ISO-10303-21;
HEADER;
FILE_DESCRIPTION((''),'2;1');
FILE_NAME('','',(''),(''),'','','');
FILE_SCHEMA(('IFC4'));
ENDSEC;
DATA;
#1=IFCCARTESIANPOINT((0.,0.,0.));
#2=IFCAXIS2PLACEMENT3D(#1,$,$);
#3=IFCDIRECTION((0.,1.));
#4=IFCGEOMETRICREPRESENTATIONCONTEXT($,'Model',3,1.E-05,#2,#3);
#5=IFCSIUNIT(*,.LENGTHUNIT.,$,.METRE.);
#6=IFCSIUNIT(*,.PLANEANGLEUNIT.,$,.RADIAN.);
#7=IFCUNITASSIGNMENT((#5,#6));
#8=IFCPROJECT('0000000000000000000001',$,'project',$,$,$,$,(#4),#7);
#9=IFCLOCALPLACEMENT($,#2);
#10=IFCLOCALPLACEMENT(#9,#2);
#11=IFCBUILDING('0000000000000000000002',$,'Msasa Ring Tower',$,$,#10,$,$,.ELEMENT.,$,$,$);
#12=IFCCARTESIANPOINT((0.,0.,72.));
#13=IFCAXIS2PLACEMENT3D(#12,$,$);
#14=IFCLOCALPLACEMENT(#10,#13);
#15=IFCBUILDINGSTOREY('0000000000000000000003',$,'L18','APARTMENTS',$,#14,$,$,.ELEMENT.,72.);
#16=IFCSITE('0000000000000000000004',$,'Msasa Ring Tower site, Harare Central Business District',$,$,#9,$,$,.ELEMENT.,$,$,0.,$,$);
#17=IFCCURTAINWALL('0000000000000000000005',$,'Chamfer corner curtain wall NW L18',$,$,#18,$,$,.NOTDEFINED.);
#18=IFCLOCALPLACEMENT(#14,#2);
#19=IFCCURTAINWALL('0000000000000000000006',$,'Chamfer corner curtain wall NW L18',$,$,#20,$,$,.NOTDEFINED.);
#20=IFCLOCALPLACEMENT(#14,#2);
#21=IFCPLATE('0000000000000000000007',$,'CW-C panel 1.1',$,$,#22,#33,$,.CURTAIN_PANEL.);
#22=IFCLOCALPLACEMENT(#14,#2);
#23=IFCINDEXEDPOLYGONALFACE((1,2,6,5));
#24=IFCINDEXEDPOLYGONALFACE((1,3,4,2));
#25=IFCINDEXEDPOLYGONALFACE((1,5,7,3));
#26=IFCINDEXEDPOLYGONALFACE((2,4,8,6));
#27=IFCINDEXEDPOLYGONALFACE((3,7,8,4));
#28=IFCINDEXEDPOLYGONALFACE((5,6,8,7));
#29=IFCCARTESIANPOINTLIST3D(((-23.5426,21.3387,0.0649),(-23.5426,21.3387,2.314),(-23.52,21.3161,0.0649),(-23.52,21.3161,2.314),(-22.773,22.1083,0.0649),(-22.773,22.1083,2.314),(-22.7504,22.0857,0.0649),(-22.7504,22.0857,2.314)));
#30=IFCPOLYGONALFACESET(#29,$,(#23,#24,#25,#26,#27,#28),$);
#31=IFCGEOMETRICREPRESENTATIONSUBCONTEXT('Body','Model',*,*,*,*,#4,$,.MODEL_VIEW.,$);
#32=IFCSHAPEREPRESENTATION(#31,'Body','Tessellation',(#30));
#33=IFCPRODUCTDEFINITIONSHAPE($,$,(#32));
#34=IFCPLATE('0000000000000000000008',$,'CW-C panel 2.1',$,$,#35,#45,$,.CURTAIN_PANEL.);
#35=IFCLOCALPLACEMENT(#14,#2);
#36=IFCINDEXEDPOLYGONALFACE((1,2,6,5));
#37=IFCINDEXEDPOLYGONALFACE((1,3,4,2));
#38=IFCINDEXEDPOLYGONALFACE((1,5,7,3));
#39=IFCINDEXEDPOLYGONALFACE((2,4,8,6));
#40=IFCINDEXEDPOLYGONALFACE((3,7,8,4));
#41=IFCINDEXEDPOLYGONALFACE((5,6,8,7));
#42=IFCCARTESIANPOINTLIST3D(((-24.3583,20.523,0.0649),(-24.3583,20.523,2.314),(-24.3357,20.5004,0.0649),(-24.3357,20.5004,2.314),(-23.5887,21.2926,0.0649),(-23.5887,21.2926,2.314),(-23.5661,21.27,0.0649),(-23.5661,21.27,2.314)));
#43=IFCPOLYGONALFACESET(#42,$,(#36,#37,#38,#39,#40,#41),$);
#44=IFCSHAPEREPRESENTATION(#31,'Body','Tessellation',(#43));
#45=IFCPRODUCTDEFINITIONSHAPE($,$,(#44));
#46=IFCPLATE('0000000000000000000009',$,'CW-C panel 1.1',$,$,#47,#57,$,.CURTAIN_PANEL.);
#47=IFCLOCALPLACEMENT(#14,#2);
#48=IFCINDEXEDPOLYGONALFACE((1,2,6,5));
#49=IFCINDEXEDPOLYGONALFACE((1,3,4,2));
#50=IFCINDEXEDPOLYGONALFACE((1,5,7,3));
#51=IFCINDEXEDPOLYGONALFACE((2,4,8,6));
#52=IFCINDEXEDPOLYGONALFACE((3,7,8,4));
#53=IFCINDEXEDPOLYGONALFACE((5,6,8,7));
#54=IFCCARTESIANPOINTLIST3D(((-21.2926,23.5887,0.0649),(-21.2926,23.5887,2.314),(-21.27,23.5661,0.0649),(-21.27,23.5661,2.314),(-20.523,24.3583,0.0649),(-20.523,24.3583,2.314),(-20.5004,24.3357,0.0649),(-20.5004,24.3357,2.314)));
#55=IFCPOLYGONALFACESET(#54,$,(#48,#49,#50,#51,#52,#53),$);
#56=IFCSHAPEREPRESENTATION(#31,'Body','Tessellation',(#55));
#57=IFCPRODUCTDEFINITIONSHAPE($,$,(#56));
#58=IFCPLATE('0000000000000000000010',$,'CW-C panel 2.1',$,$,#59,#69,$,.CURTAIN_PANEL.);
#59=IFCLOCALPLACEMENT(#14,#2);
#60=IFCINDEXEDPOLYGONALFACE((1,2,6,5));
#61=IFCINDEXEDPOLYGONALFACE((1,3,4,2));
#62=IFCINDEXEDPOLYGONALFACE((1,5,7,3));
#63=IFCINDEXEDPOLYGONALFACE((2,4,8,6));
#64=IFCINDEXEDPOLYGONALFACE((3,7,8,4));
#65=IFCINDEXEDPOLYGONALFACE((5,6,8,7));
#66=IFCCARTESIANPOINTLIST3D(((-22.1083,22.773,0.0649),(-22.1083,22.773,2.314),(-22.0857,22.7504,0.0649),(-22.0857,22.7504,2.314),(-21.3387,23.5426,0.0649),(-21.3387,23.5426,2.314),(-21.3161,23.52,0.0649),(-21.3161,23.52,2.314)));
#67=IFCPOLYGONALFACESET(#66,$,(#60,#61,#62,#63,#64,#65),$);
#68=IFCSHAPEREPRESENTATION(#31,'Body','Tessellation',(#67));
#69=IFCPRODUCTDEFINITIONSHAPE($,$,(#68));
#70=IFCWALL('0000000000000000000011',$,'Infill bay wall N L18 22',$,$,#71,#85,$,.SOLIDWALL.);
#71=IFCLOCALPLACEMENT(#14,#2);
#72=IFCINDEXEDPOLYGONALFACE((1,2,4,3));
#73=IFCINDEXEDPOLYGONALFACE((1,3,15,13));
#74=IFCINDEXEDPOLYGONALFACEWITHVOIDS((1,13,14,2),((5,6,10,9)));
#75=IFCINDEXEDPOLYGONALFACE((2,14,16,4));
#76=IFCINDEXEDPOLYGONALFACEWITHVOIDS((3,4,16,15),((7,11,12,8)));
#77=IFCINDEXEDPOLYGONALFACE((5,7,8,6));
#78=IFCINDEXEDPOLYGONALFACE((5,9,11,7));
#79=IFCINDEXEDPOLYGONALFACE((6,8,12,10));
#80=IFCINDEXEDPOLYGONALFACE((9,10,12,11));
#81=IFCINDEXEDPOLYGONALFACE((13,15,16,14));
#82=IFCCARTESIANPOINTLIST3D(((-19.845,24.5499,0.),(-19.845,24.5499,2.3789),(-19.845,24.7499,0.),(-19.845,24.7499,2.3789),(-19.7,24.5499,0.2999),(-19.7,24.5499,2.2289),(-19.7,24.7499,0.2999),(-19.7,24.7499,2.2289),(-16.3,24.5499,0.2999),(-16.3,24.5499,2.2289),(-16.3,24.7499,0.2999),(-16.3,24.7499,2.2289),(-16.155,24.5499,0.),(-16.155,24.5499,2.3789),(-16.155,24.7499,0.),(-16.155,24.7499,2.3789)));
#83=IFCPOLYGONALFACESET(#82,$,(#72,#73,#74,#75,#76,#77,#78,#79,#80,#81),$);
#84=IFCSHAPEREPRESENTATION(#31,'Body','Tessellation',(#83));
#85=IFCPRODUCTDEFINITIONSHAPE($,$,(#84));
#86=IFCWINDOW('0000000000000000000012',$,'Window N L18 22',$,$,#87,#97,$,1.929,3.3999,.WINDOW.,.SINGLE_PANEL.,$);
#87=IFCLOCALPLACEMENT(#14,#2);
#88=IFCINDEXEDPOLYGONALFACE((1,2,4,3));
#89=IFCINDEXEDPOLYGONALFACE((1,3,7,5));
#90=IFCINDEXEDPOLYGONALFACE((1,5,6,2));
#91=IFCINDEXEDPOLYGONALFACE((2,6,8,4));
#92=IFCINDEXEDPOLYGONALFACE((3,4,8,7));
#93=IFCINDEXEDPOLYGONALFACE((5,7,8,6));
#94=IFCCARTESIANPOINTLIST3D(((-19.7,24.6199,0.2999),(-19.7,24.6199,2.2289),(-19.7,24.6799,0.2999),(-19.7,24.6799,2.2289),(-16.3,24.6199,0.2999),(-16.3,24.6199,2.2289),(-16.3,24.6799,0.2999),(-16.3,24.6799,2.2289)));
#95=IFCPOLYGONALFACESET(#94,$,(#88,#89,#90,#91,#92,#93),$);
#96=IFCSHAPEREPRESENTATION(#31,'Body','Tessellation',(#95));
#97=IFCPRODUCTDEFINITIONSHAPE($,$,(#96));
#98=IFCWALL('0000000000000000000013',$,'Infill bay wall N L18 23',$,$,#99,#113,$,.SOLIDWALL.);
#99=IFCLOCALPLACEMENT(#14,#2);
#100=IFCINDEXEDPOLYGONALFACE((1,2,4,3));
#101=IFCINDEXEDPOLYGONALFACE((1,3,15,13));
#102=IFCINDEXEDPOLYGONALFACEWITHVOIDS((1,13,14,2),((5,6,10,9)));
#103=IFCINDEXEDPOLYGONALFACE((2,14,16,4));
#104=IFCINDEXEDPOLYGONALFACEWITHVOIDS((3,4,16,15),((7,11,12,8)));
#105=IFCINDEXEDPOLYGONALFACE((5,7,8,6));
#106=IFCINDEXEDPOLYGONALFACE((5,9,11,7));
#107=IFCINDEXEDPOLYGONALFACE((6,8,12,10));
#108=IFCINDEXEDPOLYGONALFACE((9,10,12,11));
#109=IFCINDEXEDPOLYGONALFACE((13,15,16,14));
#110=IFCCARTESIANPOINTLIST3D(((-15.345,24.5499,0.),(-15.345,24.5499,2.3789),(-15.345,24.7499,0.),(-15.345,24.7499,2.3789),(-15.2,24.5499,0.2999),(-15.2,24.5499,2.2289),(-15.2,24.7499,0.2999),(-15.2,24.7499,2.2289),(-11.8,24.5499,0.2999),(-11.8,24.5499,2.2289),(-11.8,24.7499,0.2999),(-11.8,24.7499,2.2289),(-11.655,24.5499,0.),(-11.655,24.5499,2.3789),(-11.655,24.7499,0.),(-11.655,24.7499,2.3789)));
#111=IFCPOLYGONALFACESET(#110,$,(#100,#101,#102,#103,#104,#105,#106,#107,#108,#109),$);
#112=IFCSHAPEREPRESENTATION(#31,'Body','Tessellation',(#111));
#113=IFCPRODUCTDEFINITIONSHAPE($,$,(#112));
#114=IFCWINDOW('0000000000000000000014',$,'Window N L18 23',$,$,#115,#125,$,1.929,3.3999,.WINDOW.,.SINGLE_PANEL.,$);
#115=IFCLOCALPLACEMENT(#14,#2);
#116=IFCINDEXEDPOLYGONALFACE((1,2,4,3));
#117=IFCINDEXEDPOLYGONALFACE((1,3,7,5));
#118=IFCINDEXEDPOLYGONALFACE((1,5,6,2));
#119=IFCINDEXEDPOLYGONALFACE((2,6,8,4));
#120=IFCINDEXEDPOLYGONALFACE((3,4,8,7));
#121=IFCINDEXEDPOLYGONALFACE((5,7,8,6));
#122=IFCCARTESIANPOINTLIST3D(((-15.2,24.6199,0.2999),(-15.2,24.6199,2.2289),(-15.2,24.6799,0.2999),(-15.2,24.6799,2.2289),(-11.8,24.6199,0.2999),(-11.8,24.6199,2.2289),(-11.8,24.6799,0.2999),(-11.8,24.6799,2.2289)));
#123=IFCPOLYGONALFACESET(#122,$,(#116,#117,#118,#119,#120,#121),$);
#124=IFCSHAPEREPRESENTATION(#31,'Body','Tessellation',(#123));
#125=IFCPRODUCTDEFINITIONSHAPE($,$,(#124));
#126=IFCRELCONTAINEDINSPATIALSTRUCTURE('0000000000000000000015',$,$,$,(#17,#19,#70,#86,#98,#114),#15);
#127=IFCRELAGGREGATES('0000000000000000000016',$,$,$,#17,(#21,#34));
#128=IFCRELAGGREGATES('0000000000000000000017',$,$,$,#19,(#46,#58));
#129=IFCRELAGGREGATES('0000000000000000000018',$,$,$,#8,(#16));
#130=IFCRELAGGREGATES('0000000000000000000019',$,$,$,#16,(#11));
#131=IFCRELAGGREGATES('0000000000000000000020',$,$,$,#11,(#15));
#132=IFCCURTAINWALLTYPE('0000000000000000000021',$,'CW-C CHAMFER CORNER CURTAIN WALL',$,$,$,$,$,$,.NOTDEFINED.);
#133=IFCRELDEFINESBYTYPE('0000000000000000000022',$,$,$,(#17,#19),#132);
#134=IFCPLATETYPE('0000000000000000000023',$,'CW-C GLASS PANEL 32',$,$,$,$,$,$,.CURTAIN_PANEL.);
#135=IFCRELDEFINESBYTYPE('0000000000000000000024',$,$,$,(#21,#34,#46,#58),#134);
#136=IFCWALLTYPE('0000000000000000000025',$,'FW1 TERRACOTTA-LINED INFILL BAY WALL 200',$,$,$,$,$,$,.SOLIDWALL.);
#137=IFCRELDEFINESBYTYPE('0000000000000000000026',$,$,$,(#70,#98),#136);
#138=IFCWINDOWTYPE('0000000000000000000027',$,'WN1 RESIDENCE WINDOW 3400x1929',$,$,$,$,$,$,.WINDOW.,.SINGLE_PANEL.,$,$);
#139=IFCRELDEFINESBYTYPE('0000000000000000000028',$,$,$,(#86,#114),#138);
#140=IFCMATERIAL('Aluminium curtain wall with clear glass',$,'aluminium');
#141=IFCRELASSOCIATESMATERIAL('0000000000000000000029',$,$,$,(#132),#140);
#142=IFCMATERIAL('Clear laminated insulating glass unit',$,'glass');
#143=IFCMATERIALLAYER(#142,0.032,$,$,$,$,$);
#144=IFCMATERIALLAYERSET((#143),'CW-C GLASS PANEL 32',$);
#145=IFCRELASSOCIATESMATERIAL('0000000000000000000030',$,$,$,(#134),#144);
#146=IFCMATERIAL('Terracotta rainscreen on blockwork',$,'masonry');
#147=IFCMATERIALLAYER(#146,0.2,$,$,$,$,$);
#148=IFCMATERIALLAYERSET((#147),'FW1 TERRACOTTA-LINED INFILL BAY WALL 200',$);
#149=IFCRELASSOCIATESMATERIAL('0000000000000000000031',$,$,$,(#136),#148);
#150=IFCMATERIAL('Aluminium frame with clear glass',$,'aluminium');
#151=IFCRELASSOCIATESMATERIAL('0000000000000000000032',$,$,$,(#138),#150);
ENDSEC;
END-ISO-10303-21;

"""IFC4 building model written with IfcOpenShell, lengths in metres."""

from ifc_helpers import new_model, si_unit, direction, frame, frame_2d, origin, origin_2d, place, context, subcontext, project, spatial, rectangle, extrude, material, layer, layer_set, type_object, element, fill, aggregate, save


model = new_model("IFC4")

# Units and contexts
model_context = context("Model", 3, precision=1e-05, world=origin(), true_north=direction((0.0, 1.0)))
body_context = subcontext(model_context, "Body", "Model", "MODEL_VIEW")
ifc_project = project(units=[si_unit("LENGTHUNIT", "METRE"), si_unit("PLANEANGLEUNIT", "RADIAN")], contexts=[model_context])

# Site, building, storey
site_placement = place(None, origin())
site = spatial("IfcSite", under=ifc_project, at=site_placement, Name="Msasa Ring Tower site, Harare Central Business District", CompositionType="ELEMENT", RefElevation=0.0)
building_placement = place(site_placement, origin())
building = spatial("IfcBuilding", under=site, at=building_placement, Name="Msasa Ring Tower", CompositionType="ELEMENT")
storey_placement = place(building_placement, frame((0.0, 0.0, 72.0)))
storey = spatial("IfcBuildingStorey", under=building, at=storey_placement, Name="L18", Description="APARTMENTS", CompositionType="ELEMENT", Elevation=72.0)

# Curtain walls
ifc_material_1 = material(Name="Aluminium curtain wall with clear glass", Category="aluminium")
curtain_wall_type = type_object("IfcCurtainWallType", Name="CW-C CHAMFER CORNER CURTAIN WALL", PredefinedType="NOTDEFINED", material=ifc_material_1)
curtain_wall_1_placement = place(storey_placement, origin())
curtain_wall_1 = element("IfcCurtainWall", 1, at=curtain_wall_1_placement, inside=storey, type_object=curtain_wall_type, Name="Chamfer corner curtain wall NW L18", PredefinedType="NOTDEFINED")
curtain_wall_2_placement = place(storey_placement, origin())
curtain_wall_2 = element("IfcCurtainWall", 2, at=curtain_wall_2_placement, inside=storey, type_object=curtain_wall_type, Name="Chamfer corner curtain wall NW L18", PredefinedType="NOTDEFINED")

# Plates
ifc_material_2 = material(Name="Clear laminated insulating glass unit", Category="glass")
ifc_layer_1 = layer(ifc_material_2, 0.032)
ifc_layer_set_1 = layer_set([ifc_layer_1], Name="CW-C GLASS PANEL 32")
plate_type = type_object("IfcPlateType", Name="CW-C GLASS PANEL 32", PredefinedType="CURTAIN_PANEL", material=ifc_layer_set_1)
plate_1_placement = place(storey_placement, frame((-23.1465, 21.7122, 0.0649), z_axis=(0.0, 0.0, 1.0), x_axis=(-0.707107, -0.707107, 0.0)))
plate_1 = element("IfcPlate", 3, at=plate_1_placement, type_object=plate_type, Name="CW-C panel 1.1", PredefinedType="CURTAIN_PANEL", context=body_context, shape_type="SweptSolid", body=[
    extrude(rectangle(XDim=1.0884, YDim=0.032, at=origin_2d()), origin(), (0.0, 0.0, 1.0), 2.249),
])
plate_2_placement = place(storey_placement, frame((-23.9622, 20.8965, 0.0649), z_axis=(0.0, 0.0, 1.0), x_axis=(-0.707107, -0.707107, 0.0)))
plate_2 = element("IfcPlate", 4, at=plate_2_placement, type_object=plate_type, Name="CW-C panel 2.1", PredefinedType="CURTAIN_PANEL", context=body_context, shape_type="SweptSolid", body=[
    extrude(rectangle(XDim=1.0884, YDim=0.032, at=origin_2d()), origin(), (0.0, 0.0, 1.0), 2.249),
])
aggregate(curtain_wall_1, [plate_1, plate_2])
plate_3_placement = place(storey_placement, frame((-20.8965, 23.9622, 0.0649), z_axis=(0.0, 0.0, 1.0), x_axis=(-0.707107, -0.707107, 0.0)))
plate_3 = element("IfcPlate", 5, at=plate_3_placement, type_object=plate_type, Name="CW-C panel 1.1", PredefinedType="CURTAIN_PANEL", context=body_context, shape_type="SweptSolid", body=[
    extrude(rectangle(XDim=1.0884, YDim=0.032, at=origin_2d()), origin(), (0.0, 0.0, 1.0), 2.249),
])
plate_4_placement = place(storey_placement, frame((-21.7122, 23.1465, 0.0649), z_axis=(0.0, 0.0, 1.0), x_axis=(-0.707107, -0.707107, 0.0)))
plate_4 = element("IfcPlate", 6, at=plate_4_placement, type_object=plate_type, Name="CW-C panel 2.1", PredefinedType="CURTAIN_PANEL", context=body_context, shape_type="SweptSolid", body=[
    extrude(rectangle(XDim=1.0884, YDim=0.032, at=origin_2d()), origin(), (0.0, 0.0, 1.0), 2.249),
])
aggregate(curtain_wall_2, [plate_3, plate_4])

# Walls, openings, windows
ifc_material_3 = material(Name="Terracotta rainscreen on blockwork", Category="masonry")
ifc_layer_2 = layer(ifc_material_3, 0.2)
ifc_layer_set_2 = layer_set([ifc_layer_2], Name="FW1 TERRACOTTA-LINED INFILL BAY WALL 200")
wall_type = type_object("IfcWallType", Name="FW1 TERRACOTTA-LINED INFILL BAY WALL 200", PredefinedType="SOLIDWALL", material=ifc_layer_set_2)
wall_1_placement = place(storey_placement, frame((-19.845, 24.6499, 0.0), z_axis=(0.0, 0.0, 1.0), x_axis=(1.0, 0.0, 0.0)))
wall_1 = element("IfcWall", 7, at=wall_1_placement, inside=storey, type_object=wall_type, Name="Infill bay wall N L18 22", PredefinedType="SOLIDWALL", context=body_context, shape_type="SweptSolid", body=[
    extrude(rectangle(XDim=3.6899, YDim=0.2, at=frame_2d((1.845, 0.0))), origin(), (0.0, 0.0, 1.0), 2.3789),
])
opening_1_placement = place(wall_1_placement, frame((0.145, 0.0, 0.3)))
opening_1 = element("IfcOpeningElement", 8, at=opening_1_placement, cuts=wall_1, PredefinedType="OPENING", context=body_context, shape_type="SweptSolid", body=[
    extrude(rectangle(XDim=3.3999, YDim=1.929, at=frame_2d((1.7, 0.9644))), frame((0.0, 0.1099, 0.0), z_axis=(0.0, -1.0, 0.0), x_axis=(1.0, 0.0, 0.0)), (0.0, 0.0, 1.0), 0.22),
])
ifc_material_4 = material(Name="Aluminium frame with clear glass", Category="aluminium")
window_type = type_object("IfcWindowType", Name="WN1 RESIDENCE WINDOW 3400x1929", PartitioningType="SINGLE_PANEL", PredefinedType="WINDOW", material=ifc_material_4)
window_1_placement = place(opening_1_placement, origin())
window_1 = element("IfcWindow", 9, at=window_1_placement, inside=storey, type_object=window_type, Name="Window N L18 22", OverallHeight=1.929, OverallWidth=3.3999, PartitioningType="SINGLE_PANEL", PredefinedType="WINDOW", context=body_context, shape_type="SweptSolid", body=[
    extrude(rectangle(XDim=3.3999, YDim=1.929, at=frame_2d((1.7, 0.9644))), frame((0.0, 0.03, 0.0), z_axis=(0.0, -1.0, 0.0), x_axis=(1.0, 0.0, 0.0)), (0.0, 0.0, 1.0), 0.0601),
])
fill(opening_1, window_1)
wall_2_placement = place(storey_placement, frame((-15.345, 24.6499, 0.0), z_axis=(0.0, 0.0, 1.0), x_axis=(1.0, 0.0, 0.0)))
wall_2 = element("IfcWall", 10, at=wall_2_placement, inside=storey, type_object=wall_type, Name="Infill bay wall N L18 23", PredefinedType="SOLIDWALL", context=body_context, shape_type="SweptSolid", body=[
    extrude(rectangle(XDim=3.6899, YDim=0.2, at=frame_2d((1.845, 0.0))), origin(), (0.0, 0.0, 1.0), 2.3789),
])
opening_2_placement = place(wall_2_placement, frame((0.145, 0.0, 0.3)))
opening_2 = element("IfcOpeningElement", 11, at=opening_2_placement, cuts=wall_2, PredefinedType="OPENING", context=body_context, shape_type="SweptSolid", body=[
    extrude(rectangle(XDim=3.3999, YDim=1.929, at=frame_2d((1.7, 0.9644))), frame((0.0, 0.1099, 0.0), z_axis=(0.0, -1.0, 0.0), x_axis=(1.0, 0.0, 0.0)), (0.0, 0.0, 1.0), 0.22),
])
window_2_placement = place(opening_2_placement, origin())
window_2 = element("IfcWindow", 12, at=window_2_placement, inside=storey, type_object=window_type, Name="Window N L18 23", OverallHeight=1.929, OverallWidth=3.3999, PartitioningType="SINGLE_PANEL", PredefinedType="WINDOW", context=body_context, shape_type="SweptSolid", body=[
    extrude(rectangle(XDim=3.3999, YDim=1.929, at=frame_2d((1.7, 0.9644))), frame((0.0, 0.03, 0.0), z_axis=(0.0, -1.0, 0.0), x_axis=(1.0, 0.0, 0.0)), (0.0, 0.0, 1.0), 0.0601),
])
fill(opening_2, window_2)

save(model, "model.ifc")
